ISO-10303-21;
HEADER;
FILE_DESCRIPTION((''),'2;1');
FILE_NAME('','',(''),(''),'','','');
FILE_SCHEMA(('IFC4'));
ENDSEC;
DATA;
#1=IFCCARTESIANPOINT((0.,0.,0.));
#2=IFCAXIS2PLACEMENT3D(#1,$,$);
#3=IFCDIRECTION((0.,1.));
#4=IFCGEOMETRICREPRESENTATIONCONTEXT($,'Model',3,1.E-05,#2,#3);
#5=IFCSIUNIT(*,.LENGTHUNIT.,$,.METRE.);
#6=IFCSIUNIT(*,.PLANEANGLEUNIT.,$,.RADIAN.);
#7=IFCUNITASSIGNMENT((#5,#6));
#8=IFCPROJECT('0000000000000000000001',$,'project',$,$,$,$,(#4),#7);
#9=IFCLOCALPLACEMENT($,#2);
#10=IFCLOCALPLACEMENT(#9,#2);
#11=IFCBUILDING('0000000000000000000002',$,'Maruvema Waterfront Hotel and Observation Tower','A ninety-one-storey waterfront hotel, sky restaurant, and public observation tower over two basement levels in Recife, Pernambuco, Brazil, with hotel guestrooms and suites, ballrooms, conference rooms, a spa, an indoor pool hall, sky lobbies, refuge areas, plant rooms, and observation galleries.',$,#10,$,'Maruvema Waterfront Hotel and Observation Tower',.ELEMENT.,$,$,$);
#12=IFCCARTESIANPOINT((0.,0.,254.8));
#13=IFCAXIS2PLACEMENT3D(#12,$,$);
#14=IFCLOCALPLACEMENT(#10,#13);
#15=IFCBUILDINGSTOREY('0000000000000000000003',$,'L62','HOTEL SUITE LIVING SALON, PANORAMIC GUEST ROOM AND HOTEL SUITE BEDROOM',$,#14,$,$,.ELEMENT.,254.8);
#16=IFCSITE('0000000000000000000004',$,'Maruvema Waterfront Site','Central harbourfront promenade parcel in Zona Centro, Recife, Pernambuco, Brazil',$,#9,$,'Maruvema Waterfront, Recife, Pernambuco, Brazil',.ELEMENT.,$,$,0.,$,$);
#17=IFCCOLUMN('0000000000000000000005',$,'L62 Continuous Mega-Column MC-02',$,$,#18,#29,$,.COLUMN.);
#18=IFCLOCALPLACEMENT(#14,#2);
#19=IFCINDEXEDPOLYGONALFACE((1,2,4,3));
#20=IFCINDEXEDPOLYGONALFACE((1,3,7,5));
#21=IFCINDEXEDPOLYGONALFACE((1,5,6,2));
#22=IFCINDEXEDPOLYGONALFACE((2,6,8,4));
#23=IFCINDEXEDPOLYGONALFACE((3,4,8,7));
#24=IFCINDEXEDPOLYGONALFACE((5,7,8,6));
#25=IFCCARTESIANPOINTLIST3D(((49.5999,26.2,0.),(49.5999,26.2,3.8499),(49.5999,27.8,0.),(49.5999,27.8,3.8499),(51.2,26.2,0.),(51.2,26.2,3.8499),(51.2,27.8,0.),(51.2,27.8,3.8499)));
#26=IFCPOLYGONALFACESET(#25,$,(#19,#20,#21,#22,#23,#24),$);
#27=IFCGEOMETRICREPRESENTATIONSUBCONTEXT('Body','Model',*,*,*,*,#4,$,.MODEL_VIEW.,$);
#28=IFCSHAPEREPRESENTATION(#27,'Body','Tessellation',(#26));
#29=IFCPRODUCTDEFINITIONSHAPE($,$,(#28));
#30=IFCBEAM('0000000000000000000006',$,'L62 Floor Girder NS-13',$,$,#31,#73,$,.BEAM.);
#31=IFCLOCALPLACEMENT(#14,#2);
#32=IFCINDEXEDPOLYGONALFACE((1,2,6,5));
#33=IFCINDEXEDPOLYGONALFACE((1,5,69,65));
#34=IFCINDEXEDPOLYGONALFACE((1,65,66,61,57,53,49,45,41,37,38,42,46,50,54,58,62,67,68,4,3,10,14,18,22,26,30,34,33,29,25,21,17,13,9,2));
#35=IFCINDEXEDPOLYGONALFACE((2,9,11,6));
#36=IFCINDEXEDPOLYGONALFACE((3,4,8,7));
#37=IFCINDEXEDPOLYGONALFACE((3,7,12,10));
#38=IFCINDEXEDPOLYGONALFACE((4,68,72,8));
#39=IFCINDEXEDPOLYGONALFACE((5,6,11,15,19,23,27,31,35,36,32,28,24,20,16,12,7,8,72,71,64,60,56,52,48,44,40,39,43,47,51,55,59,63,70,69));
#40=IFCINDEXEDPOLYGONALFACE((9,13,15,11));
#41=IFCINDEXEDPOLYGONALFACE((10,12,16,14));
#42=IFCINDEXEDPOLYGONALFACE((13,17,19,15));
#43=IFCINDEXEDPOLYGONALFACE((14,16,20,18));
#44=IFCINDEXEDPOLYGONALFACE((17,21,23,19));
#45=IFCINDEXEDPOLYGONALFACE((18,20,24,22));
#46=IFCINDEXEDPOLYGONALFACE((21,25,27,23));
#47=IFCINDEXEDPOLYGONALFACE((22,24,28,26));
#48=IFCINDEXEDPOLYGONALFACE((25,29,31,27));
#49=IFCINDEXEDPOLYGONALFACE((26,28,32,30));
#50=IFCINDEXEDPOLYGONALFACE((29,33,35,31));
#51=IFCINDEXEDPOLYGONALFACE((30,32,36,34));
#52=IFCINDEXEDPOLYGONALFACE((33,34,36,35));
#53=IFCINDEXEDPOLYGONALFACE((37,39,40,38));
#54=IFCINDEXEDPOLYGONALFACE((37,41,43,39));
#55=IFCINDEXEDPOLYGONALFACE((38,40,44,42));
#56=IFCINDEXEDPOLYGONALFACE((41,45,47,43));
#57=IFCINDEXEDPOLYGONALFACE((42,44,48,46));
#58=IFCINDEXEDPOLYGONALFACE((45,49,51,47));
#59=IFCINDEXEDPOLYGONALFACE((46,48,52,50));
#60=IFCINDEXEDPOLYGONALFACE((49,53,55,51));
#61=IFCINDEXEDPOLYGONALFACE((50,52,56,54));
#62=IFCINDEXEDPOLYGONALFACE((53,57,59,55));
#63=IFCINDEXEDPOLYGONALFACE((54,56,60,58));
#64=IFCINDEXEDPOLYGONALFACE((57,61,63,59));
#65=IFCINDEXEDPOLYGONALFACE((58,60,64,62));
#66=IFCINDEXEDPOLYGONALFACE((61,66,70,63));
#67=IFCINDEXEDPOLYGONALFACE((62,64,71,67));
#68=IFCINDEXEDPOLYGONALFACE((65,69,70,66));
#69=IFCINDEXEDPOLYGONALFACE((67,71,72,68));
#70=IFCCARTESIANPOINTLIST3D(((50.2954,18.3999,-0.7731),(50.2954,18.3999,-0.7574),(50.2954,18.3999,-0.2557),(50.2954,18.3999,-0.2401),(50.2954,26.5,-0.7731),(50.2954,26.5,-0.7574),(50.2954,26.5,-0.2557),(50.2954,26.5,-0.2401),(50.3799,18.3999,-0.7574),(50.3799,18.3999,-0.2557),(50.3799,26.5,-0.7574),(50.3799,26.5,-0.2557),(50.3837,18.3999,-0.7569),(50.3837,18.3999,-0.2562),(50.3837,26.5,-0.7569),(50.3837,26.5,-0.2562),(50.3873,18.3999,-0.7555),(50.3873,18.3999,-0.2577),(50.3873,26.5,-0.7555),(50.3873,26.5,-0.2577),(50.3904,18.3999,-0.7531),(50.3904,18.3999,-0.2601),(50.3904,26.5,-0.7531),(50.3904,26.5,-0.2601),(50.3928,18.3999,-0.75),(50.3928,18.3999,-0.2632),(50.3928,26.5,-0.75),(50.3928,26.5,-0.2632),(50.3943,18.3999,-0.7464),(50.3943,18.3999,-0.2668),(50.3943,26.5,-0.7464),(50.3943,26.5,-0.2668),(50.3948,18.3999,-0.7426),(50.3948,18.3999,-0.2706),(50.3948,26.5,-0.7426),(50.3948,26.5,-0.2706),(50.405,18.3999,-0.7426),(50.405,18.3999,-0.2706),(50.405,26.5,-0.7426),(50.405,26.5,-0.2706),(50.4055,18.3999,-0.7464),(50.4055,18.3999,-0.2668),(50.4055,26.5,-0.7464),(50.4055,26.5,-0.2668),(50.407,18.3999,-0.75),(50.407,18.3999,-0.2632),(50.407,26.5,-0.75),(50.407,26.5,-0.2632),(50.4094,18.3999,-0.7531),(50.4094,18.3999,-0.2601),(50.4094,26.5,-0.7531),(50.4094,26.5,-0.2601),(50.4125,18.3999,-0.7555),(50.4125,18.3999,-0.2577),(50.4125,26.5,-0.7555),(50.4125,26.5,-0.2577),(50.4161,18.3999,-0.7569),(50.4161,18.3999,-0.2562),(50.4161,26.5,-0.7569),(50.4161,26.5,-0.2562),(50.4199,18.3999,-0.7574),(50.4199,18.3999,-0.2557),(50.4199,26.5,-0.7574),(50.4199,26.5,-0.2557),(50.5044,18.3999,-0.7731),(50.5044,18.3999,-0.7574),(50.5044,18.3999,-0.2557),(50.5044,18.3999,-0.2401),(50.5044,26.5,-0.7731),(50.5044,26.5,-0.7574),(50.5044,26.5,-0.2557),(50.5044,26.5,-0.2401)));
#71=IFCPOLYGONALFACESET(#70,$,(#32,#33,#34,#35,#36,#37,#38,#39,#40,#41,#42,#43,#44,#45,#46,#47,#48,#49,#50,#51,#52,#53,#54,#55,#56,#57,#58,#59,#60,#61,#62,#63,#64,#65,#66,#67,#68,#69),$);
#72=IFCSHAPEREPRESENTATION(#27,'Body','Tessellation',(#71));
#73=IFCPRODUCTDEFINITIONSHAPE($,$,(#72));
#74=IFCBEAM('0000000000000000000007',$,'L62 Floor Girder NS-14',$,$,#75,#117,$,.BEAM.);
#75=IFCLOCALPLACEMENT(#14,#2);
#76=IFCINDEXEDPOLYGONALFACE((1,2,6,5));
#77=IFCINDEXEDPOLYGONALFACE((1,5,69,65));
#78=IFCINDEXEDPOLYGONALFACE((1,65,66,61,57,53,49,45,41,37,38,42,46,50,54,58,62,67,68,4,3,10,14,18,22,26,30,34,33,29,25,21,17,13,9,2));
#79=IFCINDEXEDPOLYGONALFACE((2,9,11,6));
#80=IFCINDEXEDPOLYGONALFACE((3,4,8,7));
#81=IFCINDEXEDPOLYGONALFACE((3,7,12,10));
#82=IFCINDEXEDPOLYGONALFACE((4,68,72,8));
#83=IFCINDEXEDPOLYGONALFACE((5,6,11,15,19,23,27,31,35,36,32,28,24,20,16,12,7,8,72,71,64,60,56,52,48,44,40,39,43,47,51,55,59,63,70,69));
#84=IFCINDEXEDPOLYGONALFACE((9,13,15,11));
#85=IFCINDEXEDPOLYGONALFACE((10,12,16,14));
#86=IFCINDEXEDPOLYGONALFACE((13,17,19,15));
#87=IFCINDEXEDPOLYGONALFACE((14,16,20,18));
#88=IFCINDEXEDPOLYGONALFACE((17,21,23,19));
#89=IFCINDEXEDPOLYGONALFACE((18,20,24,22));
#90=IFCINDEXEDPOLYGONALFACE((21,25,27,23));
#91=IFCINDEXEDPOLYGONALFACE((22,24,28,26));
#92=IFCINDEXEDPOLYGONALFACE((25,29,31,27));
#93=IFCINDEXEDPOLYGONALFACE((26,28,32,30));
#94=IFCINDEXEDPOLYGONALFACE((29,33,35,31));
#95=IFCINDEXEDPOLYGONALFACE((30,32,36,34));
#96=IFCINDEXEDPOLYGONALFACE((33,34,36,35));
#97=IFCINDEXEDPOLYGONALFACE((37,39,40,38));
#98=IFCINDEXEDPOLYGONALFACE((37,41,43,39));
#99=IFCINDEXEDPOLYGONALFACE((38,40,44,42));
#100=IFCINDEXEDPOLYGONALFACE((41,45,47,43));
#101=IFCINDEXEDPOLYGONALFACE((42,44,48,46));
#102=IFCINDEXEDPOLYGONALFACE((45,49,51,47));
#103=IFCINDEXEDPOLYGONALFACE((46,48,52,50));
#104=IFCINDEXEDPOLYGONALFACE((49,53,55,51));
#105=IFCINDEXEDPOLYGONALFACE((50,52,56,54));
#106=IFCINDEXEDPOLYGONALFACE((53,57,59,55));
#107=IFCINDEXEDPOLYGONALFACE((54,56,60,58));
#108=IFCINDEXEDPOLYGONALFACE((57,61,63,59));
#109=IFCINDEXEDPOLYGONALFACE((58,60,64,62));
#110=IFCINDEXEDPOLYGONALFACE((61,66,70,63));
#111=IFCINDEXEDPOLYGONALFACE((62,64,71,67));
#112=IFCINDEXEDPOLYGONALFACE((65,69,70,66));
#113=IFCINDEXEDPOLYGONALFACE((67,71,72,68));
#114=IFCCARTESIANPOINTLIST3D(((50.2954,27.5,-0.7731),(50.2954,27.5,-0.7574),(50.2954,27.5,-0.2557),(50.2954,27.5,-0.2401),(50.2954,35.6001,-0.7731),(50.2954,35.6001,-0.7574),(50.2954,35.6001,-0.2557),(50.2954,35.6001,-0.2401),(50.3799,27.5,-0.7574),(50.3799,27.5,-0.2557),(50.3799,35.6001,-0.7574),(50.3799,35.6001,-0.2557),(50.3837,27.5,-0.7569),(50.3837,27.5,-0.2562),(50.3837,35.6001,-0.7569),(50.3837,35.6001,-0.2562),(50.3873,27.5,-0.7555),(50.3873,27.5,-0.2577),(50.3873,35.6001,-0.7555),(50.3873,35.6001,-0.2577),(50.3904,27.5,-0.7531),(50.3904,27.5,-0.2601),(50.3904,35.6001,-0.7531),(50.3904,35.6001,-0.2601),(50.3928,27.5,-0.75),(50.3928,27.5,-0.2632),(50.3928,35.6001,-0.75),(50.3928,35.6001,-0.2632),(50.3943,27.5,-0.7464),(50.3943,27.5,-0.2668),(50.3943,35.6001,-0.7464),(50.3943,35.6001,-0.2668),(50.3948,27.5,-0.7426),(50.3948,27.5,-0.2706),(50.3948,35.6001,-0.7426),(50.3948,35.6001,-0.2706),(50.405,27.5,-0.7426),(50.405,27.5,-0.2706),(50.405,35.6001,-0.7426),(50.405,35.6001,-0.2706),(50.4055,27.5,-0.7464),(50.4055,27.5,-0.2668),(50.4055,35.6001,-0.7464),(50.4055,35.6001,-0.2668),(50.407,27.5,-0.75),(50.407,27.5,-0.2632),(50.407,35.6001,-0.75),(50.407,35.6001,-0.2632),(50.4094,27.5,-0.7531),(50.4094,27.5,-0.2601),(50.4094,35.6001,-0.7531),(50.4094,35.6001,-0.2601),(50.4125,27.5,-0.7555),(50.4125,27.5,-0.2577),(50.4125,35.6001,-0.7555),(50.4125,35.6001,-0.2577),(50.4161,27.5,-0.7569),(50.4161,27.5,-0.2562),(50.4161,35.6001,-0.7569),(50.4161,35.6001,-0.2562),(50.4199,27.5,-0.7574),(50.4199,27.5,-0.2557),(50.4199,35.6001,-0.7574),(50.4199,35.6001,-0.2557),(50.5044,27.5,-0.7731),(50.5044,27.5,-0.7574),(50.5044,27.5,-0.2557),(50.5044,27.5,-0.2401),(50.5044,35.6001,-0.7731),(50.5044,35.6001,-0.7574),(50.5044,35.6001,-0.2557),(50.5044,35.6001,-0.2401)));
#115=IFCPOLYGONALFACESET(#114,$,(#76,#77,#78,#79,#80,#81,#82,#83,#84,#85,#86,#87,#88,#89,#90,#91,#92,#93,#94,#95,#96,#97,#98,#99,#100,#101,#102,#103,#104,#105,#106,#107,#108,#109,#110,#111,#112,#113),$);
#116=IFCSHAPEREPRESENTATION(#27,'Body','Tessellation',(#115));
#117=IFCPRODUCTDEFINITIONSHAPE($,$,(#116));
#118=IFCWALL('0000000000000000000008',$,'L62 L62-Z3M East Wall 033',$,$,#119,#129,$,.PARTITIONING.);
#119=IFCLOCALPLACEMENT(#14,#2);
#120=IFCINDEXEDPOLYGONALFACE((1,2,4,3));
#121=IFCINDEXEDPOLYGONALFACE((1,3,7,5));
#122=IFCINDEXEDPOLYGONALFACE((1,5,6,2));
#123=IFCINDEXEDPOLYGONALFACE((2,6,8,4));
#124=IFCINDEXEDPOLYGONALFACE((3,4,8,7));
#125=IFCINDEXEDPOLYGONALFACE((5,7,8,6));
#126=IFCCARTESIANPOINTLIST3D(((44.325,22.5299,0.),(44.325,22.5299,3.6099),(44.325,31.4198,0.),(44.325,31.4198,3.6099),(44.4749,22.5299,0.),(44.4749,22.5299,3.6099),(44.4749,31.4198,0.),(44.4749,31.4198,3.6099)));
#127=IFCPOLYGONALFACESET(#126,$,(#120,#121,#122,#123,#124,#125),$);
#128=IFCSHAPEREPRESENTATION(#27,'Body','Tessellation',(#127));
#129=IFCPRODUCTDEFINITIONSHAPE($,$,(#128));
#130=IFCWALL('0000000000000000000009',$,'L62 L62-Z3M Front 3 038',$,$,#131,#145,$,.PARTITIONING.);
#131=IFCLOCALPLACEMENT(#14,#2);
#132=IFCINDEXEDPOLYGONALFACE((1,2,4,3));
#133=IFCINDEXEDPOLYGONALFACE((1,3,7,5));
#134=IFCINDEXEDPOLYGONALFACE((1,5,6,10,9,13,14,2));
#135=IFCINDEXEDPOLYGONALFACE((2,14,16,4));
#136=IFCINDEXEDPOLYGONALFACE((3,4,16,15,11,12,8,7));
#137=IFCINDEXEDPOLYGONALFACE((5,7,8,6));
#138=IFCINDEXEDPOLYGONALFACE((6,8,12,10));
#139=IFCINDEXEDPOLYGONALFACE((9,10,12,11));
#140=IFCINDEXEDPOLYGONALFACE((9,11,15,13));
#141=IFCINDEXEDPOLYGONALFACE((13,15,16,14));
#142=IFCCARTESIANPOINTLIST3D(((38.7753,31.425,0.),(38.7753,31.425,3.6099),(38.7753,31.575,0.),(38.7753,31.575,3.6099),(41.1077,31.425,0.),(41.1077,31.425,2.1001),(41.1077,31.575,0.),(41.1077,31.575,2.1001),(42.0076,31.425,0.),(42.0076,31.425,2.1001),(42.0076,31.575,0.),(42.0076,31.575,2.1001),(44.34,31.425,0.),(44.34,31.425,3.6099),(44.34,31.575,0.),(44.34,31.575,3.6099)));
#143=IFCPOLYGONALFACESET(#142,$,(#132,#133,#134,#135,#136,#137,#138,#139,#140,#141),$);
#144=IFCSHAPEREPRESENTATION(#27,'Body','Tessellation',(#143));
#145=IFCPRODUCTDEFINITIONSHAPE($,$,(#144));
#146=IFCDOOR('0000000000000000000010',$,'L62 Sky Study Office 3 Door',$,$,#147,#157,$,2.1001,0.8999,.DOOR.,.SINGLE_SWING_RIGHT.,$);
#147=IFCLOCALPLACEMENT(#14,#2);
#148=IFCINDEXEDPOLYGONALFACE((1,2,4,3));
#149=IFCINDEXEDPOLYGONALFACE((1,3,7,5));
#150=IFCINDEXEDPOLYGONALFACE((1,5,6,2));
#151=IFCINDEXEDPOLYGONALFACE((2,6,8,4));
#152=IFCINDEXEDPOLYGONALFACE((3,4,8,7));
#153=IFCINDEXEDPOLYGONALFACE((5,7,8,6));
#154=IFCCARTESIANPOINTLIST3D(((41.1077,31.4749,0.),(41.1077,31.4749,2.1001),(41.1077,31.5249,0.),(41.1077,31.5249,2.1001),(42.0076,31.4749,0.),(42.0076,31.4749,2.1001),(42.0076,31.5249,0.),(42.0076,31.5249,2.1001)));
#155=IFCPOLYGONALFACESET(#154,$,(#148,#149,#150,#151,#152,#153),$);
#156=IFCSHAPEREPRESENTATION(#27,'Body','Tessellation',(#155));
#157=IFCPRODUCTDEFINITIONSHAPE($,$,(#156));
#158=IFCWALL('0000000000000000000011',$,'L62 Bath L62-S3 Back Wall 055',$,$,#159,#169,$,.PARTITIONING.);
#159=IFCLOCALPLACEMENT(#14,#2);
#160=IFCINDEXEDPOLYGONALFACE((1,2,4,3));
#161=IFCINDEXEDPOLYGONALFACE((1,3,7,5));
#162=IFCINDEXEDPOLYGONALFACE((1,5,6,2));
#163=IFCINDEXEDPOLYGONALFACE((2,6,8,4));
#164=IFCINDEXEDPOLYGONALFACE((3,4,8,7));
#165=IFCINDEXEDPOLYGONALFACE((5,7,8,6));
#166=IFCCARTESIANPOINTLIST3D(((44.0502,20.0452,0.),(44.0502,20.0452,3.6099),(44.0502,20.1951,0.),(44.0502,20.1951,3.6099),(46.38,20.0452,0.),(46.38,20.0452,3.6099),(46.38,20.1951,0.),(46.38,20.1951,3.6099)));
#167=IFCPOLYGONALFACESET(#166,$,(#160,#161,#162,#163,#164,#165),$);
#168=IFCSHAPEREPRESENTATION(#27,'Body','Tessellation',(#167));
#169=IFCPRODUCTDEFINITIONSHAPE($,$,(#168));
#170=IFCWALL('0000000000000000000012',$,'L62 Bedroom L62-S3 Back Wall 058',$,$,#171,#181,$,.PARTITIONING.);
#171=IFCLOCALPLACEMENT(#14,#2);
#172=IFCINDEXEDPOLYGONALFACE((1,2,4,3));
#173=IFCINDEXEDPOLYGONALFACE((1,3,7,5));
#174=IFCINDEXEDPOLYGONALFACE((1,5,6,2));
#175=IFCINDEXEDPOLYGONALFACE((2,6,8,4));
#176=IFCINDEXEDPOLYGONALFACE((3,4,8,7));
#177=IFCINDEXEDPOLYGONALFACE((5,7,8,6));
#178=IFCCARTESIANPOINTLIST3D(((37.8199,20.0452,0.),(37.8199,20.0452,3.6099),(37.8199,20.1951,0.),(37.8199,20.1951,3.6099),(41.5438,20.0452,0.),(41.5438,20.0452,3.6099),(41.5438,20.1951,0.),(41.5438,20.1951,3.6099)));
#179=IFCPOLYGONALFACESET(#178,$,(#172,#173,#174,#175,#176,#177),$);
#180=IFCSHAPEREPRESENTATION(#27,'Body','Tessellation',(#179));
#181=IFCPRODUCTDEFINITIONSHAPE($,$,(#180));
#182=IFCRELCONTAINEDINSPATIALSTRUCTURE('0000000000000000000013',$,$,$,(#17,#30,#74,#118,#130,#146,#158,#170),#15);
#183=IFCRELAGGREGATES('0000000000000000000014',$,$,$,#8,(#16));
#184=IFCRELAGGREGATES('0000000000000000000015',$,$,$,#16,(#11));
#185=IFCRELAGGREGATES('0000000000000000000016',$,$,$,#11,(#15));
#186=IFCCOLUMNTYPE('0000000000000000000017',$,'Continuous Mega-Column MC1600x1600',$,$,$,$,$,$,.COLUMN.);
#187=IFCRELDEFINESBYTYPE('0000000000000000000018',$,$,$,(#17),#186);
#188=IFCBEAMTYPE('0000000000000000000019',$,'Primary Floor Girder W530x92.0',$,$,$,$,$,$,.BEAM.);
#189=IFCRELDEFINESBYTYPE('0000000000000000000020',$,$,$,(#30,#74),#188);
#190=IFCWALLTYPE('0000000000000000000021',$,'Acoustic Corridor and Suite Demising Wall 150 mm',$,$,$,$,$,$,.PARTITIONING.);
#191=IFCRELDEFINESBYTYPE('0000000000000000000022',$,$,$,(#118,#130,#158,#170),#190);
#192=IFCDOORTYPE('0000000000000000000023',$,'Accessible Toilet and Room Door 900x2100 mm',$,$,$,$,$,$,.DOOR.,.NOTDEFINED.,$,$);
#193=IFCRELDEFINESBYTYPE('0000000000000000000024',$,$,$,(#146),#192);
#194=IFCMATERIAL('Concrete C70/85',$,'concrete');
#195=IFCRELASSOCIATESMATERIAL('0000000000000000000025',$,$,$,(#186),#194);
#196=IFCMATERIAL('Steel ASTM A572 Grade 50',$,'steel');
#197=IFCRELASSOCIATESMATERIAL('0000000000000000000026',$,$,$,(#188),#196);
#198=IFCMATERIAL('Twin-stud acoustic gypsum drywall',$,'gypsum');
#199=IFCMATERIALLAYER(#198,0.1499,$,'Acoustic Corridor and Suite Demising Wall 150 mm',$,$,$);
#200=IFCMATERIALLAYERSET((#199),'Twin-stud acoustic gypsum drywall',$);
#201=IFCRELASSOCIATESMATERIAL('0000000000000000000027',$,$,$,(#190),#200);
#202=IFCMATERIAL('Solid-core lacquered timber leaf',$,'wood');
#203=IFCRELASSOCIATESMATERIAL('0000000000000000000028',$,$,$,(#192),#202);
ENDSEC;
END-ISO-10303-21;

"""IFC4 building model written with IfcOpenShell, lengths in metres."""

from ifc_helpers import new_model, si_unit, direction, frame, frame_2d, origin, origin_2d, place, context, subcontext, project, spatial, rectangle, i_section, extrude, material, layer, layer_set, material_profile, profile_set, type_object, element, fill, save


model = new_model("IFC4")

# Units and contexts
model_context = context("Model", 3, precision=1e-05, world=origin(), true_north=direction((0.0, 1.0)))
body_context = subcontext(model_context, "Body", "Model", "MODEL_VIEW")
ifc_project = project(units=[si_unit("LENGTHUNIT", "METRE"), si_unit("PLANEANGLEUNIT", "RADIAN")], contexts=[model_context])

# Site, building, storey
site_placement = place(None, origin())
site = spatial("IfcSite", under=ifc_project, at=site_placement, Name="Maruvema Waterfront Site", Description="Central harbourfront promenade parcel in Zona Centro, Recife, Pernambuco, Brazil", LongName="Maruvema Waterfront, Recife, Pernambuco, Brazil", CompositionType="ELEMENT", RefElevation=0.0)
building_placement = place(site_placement, origin())
building = spatial("IfcBuilding", under=site, at=building_placement, Name="Maruvema Waterfront Hotel and Observation Tower", Description="A ninety-one-storey waterfront hotel, sky restaurant, and public observation tower over two basement levels in Recife, Pernambuco, Brazil, with hotel guestrooms and suites, ballrooms, conference rooms, a spa, an indoor pool hall, sky lobbies, refuge areas, plant rooms, and observation galleries.", LongName="Maruvema Waterfront Hotel and Observation Tower", CompositionType="ELEMENT")
storey_placement = place(building_placement, frame((0.0, 0.0, 254.8)))
storey = spatial("IfcBuildingStorey", under=building, at=storey_placement, Name="L62", Description="HOTEL SUITE LIVING SALON, PANORAMIC GUEST ROOM AND HOTEL SUITE BEDROOM", CompositionType="ELEMENT", Elevation=254.8)

# Column
ifc_material_1 = material(Name="Concrete C70/85", Category="concrete")
ifc_material_profile_1 = material_profile(ifc_material_1, rectangle(XDim=1.6001, YDim=1.6001, at=origin_2d()), Name="MC1600x1600")
ifc_profile_set_1 = profile_set([ifc_material_profile_1], Name="Concrete C70/85")
column_type = type_object("IfcColumnType", Name="Continuous Mega-Column MC1600x1600", PredefinedType="COLUMN", material=ifc_profile_set_1)
column_placement = place(storey_placement, frame((50.3999, 27.0, 0.0), z_axis=(0.0, 0.0, 1.0), x_axis=(1.0, 0.0, 0.0)))
element("IfcColumn", 1, at=column_placement, inside=storey, type_object=column_type, Name="L62 Continuous Mega-Column MC-02", PredefinedType="COLUMN", context=body_context, shape_type="SweptSolid", body=[
    extrude(rectangle(XDim=1.6001, YDim=1.6001, at=origin_2d()), origin(), (0.0, 0.0, 1.0), 3.8499),
])

# Beams
ifc_material_2 = material(Name="Steel ASTM A572 Grade 50", Category="steel")
ifc_material_profile_2 = material_profile(ifc_material_2, i_section(OverallWidth=0.209, OverallDepth=0.533, WebThickness=0.0103, FlangeThickness=0.0156, FilletRadius=0.0149, at=origin_2d()), Name="W530x92.0")
ifc_profile_set_2 = profile_set([ifc_material_profile_2], Name="Steel ASTM A572 Grade 50")
beam_type = type_object("IfcBeamType", Name="Primary Floor Girder W530x92.0", PredefinedType="BEAM", material=ifc_profile_set_2)
for number, where, z_axis, x_axis, name in (
    (2, (50.3999, 18.3999, -0.5066), (0.0, 1.0, 0.0), (-1.0, 0.0, 0.0), "L62 Floor Girder NS-13"),
    (3, (50.3999, 27.5, -0.5066), (0.0, 1.0, 0.0), (-1.0, 0.0, 0.0), "L62 Floor Girder NS-14"),
):
    element("IfcBeam", number, at=place(storey_placement, frame(where, z_axis=z_axis, x_axis=x_axis)), inside=storey, type_object=beam_type, Name=name, PredefinedType="BEAM", context=body_context, shape_type="SweptSolid", body=[
        extrude(i_section(OverallWidth=0.209, OverallDepth=0.533, WebThickness=0.0103, FlangeThickness=0.0156, FilletRadius=0.0149, at=origin_2d()), origin(), (0.0, 0.0, 1.0), 8.1001),
    ])

# Wall
ifc_material_3 = material(Name="Twin-stud acoustic gypsum drywall", Category="gypsum")
ifc_layer_1 = layer(ifc_material_3, 0.1499, Name="Acoustic Corridor and Suite Demising Wall 150 mm")
ifc_layer_set_1 = layer_set([ifc_layer_1], Name="Twin-stud acoustic gypsum drywall")
wall_type_1 = type_object("IfcWallType", Name="Acoustic Corridor and Suite Demising Wall 150 mm", PredefinedType="PARTITIONING", material=ifc_layer_set_1)
wall_1_placement = place(storey_placement, frame((44.3999, 22.53, 0.0), z_axis=(0.0, 0.0, 1.0), x_axis=(0.0, 1.0, 0.0)))
element("IfcWall", 4, at=wall_1_placement, inside=storey, type_object=wall_type_1, Name="L62 L62-Z3M East Wall 033", PredefinedType="PARTITIONING", context=body_context, shape_type="SweptSolid", body=[
    extrude(rectangle(XDim=8.8899, YDim=0.1499, at=frame_2d((4.4448, 0.0))), origin(), (0.0, 0.0, 1.0), 3.6099),
])

# Wall, opening, door
wall_2_placement = place(storey_placement, frame((38.7754, 31.5, 0.0), z_axis=(0.0, 0.0, 1.0), x_axis=(1.0, 0.0, 0.0)))
wall_2 = element("IfcWall", 5, at=wall_2_placement, inside=storey, type_object=wall_type_1, Name="L62 L62-Z3M Front 3 038", PredefinedType="PARTITIONING", context=body_context, shape_type="SweptSolid", body=[
    extrude(rectangle(XDim=5.5647, YDim=0.1499, at=frame_2d((2.7822, 0.0))), origin(), (0.0, 0.0, 1.0), 3.6099),
])
opening_1_placement = place(wall_2_placement, frame((2.3323, 0.0, 0.0)))
opening_1 = element("IfcOpeningElement", 6, at=opening_1_placement, cuts=wall_2, PredefinedType="OPENING", context=body_context, shape_type="SweptSolid", body=[
    extrude(rectangle(XDim=0.8999, YDim=2.1001, at=frame_2d((0.45, 1.05))), frame((0.0, 0.085, 0.0), z_axis=(0.0, -1.0, 0.0), x_axis=(1.0, 0.0, 0.0)), (0.0, 0.0, 1.0), 0.1699),
])
ifc_material_4 = material(Name="Solid-core lacquered timber leaf", Category="wood")
door_type_1 = type_object("IfcDoorType", Name="Accessible Toilet and Room Door 900x2100 mm", OperationType="NOTDEFINED", PredefinedType="DOOR", material=ifc_material_4)
door_1_placement = place(opening_1_placement, origin())
door_1 = element("IfcDoor", 7, at=door_1_placement, inside=storey, type_object=door_type_1, Name="L62 Sky Study Office 3 Door", OperationType="SINGLE_SWING_RIGHT", OverallHeight=2.1001, OverallWidth=0.8999, PredefinedType="DOOR", context=body_context, shape_type="SweptSolid", body=[
    extrude(rectangle(XDim=0.8999, YDim=2.1001, at=frame_2d((0.45, 1.05))), frame((0.0, 0.0249, 0.0), z_axis=(0.0, -1.0, 0.0), x_axis=(1.0, 0.0, 0.0)), (0.0, 0.0, 1.0), 0.05),
])
fill(opening_1, door_1)

# Walls
wall_3_placement = place(storey_placement, frame((44.05, 20.1201, 0.0), z_axis=(0.0, 0.0, 1.0), x_axis=(1.0, 0.0, 0.0)))
element("IfcWall", 8, at=wall_3_placement, inside=storey, type_object=wall_type_1, Name="L62 Bath L62-S3 Back Wall 055", PredefinedType="PARTITIONING", context=body_context, shape_type="SweptSolid", body=[
    extrude(rectangle(XDim=2.3298, YDim=0.1499, at=frame_2d((1.165, 0.0))), origin(), (0.0, 0.0, 1.0), 3.6099),
])
wall_4_placement = place(storey_placement, frame((37.8201, 20.1201, 0.0), z_axis=(0.0, 0.0, 1.0), x_axis=(1.0, 0.0, 0.0)))
element("IfcWall", 9, at=wall_4_placement, inside=storey, type_object=wall_type_1, Name="L62 Bedroom L62-S3 Back Wall 058", PredefinedType="PARTITIONING", context=body_context, shape_type="SweptSolid", body=[
    extrude(rectangle(XDim=3.7239, YDim=0.1499, at=frame_2d((1.8618, 0.0))), origin(), (0.0, 0.0, 1.0), 3.6099),
])

save(model, "model.ifc")
